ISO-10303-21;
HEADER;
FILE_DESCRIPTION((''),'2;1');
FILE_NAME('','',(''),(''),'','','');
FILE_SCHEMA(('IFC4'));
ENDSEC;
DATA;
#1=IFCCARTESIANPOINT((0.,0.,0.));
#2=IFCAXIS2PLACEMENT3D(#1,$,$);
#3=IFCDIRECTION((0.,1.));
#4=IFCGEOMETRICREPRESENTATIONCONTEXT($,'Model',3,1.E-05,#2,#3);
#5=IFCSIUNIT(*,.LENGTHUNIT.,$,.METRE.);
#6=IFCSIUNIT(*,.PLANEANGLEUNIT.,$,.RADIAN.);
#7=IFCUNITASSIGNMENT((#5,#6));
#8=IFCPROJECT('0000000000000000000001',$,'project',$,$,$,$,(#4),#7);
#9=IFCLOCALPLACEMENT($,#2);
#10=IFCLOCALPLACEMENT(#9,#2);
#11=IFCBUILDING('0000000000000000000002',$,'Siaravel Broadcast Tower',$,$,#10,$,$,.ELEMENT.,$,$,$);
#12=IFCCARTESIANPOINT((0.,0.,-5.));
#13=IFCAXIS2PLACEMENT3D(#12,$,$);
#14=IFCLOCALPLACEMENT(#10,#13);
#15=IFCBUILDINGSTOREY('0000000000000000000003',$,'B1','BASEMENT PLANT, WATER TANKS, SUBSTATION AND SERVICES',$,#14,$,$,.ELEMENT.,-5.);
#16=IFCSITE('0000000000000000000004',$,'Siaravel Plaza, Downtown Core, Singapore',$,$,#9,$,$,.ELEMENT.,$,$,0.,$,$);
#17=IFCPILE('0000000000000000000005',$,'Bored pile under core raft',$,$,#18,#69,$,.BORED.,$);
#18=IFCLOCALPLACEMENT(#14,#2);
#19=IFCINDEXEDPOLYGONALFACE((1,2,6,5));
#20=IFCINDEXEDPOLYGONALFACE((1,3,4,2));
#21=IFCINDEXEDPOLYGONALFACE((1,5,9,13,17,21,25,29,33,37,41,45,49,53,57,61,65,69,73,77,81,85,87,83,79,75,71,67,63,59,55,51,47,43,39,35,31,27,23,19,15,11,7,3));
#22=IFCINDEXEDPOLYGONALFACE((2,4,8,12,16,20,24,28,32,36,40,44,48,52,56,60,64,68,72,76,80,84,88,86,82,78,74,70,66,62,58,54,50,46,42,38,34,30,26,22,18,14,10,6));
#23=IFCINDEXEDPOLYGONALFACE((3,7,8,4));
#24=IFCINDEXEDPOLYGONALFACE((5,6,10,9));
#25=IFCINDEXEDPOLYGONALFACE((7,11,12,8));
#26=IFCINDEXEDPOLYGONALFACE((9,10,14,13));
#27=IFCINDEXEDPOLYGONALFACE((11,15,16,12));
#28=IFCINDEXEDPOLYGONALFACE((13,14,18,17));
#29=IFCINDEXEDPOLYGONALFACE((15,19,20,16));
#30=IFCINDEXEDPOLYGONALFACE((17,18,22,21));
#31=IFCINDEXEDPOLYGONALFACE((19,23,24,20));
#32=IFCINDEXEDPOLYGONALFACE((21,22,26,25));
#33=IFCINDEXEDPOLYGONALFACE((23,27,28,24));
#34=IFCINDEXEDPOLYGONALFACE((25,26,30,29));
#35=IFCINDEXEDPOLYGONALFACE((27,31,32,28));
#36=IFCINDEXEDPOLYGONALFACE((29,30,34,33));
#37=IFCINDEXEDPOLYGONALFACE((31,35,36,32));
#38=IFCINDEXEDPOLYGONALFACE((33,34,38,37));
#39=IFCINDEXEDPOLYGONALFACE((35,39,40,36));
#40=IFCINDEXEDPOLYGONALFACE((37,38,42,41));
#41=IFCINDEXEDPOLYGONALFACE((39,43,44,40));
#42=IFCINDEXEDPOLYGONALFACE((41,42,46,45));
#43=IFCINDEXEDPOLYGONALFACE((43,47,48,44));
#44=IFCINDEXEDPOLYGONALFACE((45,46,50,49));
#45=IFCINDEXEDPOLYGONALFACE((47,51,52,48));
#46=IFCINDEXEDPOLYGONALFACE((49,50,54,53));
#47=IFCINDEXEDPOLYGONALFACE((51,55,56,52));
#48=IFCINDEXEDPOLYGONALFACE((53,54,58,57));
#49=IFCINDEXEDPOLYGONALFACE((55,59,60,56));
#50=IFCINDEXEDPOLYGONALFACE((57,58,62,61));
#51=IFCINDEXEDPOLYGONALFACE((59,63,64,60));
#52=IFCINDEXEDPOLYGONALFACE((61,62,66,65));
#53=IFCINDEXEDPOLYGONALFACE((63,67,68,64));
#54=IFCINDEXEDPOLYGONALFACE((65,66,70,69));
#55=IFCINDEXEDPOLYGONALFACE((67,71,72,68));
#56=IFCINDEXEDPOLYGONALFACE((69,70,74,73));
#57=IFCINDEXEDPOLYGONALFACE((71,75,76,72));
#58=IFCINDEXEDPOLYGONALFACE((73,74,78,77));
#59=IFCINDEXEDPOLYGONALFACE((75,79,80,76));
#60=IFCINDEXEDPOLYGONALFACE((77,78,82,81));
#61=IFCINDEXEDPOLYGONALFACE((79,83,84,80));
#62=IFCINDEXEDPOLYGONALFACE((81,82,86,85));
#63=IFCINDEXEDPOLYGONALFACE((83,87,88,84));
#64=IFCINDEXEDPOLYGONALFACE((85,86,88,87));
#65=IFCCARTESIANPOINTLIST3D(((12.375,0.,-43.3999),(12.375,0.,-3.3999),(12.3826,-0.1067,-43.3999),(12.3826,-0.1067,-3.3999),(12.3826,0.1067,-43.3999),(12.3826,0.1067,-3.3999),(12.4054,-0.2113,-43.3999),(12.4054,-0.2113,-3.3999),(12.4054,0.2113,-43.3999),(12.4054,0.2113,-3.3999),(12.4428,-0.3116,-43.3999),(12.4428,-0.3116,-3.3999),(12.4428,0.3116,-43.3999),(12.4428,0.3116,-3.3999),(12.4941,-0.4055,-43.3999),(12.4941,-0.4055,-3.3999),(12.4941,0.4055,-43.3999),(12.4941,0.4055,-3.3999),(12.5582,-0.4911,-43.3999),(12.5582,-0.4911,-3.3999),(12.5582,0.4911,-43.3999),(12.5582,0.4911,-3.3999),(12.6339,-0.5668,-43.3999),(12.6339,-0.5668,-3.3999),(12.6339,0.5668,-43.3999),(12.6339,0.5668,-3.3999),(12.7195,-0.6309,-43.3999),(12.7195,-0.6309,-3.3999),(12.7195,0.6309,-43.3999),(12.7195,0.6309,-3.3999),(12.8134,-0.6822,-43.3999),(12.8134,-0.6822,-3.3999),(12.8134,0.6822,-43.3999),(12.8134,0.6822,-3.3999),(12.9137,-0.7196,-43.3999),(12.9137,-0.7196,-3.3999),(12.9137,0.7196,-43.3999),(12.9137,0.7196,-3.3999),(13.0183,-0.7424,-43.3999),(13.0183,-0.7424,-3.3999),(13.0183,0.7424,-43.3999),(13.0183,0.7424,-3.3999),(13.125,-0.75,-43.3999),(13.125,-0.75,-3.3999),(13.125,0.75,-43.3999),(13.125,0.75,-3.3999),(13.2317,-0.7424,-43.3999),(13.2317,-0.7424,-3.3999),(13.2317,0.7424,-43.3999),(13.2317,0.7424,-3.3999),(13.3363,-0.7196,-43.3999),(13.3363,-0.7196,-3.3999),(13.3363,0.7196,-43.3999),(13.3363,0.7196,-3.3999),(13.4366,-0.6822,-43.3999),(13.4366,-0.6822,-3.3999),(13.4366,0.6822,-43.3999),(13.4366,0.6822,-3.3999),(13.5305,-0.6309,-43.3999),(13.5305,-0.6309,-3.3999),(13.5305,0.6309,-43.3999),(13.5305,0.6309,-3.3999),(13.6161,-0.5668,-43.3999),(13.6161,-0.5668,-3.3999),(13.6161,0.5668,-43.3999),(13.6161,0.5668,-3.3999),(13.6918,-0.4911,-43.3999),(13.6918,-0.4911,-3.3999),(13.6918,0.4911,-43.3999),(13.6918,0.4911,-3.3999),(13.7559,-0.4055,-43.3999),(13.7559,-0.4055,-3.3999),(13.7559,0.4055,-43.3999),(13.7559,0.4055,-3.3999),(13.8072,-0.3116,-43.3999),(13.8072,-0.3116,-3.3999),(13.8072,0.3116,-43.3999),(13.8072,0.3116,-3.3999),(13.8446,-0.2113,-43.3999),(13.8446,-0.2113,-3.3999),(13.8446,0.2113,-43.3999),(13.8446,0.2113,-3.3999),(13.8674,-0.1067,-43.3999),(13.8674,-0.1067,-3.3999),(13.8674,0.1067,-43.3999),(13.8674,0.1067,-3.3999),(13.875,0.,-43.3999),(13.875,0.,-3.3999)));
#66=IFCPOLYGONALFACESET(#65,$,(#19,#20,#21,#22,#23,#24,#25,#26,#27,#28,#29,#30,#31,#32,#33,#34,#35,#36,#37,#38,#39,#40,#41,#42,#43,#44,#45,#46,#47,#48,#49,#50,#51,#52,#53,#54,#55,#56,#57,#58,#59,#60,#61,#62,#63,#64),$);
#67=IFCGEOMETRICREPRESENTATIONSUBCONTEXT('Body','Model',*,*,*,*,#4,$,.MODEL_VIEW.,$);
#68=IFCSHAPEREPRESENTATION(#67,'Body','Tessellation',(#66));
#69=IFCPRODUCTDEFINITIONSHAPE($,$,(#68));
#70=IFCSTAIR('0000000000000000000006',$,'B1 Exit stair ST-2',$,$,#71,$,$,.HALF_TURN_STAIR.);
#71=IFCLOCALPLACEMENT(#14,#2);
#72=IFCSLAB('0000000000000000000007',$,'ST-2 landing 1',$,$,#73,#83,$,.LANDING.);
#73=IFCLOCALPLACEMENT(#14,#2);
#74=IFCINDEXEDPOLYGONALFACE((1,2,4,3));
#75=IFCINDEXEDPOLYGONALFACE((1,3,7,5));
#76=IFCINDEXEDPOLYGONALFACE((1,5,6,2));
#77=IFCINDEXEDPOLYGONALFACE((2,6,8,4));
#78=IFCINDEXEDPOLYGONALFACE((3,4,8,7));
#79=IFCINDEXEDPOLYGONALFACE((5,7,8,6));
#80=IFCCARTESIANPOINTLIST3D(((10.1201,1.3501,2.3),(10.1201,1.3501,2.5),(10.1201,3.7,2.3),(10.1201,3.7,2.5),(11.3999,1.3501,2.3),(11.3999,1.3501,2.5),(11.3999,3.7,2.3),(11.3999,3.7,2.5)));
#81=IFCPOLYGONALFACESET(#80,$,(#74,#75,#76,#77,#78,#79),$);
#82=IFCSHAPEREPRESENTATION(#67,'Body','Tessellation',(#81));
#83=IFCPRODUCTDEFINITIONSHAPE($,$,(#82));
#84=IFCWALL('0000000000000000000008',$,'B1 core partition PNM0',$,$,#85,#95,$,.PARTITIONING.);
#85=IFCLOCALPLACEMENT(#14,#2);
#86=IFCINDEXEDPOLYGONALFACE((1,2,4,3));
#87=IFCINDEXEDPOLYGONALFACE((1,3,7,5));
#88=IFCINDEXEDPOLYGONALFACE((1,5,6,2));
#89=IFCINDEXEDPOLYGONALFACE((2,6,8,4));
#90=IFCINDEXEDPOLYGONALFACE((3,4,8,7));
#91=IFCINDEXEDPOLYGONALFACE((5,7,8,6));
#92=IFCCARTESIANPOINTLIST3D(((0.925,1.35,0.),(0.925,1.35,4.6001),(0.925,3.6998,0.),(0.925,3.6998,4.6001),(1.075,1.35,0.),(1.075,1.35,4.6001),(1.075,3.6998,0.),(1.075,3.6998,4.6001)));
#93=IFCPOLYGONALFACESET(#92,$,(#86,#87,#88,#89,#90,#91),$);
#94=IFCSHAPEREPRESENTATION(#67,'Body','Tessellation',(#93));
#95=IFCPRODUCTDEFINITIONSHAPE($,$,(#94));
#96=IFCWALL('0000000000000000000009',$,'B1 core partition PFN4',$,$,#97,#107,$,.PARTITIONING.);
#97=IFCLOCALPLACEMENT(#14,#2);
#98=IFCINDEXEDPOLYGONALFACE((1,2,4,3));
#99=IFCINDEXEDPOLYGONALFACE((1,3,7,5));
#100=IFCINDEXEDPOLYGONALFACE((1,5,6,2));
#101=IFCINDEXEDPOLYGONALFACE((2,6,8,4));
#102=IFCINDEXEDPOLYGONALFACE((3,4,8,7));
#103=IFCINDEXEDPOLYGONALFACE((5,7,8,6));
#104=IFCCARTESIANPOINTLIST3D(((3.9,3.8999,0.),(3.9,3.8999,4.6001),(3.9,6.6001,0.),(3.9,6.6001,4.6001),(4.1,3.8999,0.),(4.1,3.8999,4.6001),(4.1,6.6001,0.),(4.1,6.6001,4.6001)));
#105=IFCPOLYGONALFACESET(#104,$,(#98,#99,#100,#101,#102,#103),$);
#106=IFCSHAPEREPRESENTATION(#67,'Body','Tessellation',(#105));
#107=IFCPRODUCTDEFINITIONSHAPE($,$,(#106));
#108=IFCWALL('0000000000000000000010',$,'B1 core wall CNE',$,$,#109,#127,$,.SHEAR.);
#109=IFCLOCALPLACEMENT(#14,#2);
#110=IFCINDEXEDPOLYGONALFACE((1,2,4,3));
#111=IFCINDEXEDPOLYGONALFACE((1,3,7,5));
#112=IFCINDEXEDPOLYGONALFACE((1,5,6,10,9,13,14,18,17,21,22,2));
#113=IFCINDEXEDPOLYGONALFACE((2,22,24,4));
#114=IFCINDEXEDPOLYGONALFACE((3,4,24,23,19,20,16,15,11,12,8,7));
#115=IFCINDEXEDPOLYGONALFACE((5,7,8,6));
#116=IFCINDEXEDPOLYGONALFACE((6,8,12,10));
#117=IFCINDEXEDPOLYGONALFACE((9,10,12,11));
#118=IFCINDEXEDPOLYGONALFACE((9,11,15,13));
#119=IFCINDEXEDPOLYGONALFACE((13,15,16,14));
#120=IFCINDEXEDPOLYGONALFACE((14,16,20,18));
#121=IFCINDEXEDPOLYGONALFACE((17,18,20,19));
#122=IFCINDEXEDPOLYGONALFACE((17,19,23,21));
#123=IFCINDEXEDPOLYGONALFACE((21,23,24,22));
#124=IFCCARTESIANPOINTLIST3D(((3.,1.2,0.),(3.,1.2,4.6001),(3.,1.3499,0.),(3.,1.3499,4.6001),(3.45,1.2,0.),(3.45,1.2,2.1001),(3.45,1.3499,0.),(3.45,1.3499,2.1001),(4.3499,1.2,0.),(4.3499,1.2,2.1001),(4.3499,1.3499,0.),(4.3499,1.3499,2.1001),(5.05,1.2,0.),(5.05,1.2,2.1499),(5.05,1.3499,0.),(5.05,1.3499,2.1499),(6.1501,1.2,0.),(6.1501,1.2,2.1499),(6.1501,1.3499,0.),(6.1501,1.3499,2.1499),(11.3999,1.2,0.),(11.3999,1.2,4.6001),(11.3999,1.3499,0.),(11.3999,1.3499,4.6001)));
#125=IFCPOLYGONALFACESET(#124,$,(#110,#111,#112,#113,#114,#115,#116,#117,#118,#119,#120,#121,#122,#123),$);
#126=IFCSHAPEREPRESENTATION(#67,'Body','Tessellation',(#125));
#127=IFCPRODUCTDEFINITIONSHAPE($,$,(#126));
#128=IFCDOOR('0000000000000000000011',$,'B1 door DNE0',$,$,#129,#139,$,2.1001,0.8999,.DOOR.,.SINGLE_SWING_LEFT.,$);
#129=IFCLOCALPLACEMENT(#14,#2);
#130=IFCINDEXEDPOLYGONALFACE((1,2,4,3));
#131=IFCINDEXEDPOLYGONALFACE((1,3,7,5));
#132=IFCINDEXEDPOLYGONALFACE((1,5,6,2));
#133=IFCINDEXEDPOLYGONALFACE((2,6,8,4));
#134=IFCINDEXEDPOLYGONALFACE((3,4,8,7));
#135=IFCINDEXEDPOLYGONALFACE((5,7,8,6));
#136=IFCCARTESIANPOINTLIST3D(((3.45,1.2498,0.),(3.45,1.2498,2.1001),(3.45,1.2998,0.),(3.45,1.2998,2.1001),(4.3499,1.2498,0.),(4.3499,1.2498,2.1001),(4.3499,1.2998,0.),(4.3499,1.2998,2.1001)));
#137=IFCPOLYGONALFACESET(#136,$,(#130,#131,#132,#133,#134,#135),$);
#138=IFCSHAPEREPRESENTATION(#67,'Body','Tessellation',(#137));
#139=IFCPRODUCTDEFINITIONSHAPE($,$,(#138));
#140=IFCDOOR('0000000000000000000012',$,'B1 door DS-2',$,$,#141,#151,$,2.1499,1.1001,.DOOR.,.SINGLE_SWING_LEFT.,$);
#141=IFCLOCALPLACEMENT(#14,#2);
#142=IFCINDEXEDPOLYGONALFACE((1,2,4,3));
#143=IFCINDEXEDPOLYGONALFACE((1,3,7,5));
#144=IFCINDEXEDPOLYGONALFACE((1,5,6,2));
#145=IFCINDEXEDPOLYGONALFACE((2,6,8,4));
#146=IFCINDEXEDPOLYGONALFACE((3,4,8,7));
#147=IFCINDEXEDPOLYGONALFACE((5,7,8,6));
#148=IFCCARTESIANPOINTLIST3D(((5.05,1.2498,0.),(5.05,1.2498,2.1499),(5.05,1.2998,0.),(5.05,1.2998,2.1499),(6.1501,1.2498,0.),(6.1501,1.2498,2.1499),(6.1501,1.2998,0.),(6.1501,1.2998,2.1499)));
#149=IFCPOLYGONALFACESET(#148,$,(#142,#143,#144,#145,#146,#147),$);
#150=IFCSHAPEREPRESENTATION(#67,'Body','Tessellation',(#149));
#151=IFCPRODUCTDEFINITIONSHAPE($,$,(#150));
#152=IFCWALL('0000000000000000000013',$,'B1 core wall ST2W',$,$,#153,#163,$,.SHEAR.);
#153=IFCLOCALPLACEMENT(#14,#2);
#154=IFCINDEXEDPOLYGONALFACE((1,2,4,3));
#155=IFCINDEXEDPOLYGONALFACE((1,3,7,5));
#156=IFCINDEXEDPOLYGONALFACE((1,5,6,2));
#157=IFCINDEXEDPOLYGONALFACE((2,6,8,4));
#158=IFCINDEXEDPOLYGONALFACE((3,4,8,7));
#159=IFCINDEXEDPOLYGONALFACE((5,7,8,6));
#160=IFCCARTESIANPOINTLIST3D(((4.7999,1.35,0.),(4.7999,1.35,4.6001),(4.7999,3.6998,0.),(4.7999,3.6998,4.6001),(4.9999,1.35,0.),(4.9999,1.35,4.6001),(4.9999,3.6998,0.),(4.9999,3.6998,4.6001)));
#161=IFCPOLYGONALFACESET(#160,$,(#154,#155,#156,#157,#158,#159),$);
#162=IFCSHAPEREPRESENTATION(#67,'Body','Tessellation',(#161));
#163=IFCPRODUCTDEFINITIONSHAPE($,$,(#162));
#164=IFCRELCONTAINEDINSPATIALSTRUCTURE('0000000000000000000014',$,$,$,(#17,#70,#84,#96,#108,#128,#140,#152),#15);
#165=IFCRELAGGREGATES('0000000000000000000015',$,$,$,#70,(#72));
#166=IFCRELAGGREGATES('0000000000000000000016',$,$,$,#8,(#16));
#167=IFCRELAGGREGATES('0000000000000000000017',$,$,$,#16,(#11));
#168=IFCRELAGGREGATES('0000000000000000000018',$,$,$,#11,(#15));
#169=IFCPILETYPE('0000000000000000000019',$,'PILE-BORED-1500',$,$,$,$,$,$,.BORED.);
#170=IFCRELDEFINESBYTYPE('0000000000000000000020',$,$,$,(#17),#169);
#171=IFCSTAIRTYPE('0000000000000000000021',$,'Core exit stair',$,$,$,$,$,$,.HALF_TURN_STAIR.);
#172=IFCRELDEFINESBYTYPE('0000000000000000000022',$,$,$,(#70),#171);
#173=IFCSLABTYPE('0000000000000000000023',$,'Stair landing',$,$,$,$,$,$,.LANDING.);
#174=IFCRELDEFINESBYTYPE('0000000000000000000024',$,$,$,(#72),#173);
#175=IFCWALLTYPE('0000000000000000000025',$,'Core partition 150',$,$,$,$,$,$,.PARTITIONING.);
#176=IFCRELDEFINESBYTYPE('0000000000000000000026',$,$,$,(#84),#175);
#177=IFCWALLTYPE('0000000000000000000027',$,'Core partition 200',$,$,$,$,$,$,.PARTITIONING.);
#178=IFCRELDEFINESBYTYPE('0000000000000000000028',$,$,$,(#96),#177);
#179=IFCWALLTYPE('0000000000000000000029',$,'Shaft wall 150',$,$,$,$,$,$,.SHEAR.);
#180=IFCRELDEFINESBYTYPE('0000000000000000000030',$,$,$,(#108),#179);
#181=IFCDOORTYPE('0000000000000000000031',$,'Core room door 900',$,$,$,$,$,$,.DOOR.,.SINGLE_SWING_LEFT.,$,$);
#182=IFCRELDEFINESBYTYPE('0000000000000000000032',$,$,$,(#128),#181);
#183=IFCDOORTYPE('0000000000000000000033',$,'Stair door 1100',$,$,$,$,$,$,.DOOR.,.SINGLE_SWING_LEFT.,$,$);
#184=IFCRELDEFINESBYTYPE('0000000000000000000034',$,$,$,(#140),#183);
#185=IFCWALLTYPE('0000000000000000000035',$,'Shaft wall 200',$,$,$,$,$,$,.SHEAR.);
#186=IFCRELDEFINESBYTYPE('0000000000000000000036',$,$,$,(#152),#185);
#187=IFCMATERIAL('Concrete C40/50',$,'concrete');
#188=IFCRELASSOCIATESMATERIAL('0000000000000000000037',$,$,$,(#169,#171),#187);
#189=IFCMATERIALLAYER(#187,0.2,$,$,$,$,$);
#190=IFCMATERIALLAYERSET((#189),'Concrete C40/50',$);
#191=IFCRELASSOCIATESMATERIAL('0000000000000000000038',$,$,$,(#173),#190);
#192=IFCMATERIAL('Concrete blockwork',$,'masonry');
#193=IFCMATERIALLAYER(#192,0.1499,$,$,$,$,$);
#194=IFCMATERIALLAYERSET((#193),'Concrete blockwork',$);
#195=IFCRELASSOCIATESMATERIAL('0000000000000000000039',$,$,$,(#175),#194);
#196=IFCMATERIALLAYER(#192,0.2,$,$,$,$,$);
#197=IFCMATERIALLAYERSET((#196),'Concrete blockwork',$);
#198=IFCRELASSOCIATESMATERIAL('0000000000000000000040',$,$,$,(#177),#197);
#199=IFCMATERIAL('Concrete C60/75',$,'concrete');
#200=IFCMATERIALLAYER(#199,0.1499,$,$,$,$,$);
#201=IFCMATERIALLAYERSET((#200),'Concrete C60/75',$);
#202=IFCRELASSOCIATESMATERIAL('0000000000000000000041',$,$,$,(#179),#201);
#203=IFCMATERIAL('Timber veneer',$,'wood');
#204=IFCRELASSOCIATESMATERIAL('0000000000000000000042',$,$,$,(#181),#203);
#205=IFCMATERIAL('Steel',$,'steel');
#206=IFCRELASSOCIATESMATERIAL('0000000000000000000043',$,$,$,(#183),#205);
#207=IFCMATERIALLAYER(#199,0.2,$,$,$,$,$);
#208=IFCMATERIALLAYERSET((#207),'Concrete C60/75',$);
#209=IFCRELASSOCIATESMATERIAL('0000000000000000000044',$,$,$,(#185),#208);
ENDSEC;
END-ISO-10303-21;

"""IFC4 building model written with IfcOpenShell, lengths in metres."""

from ifc_helpers import new_model, si_unit, direction, frame, frame_2d, origin, origin_2d, place, context, subcontext, project, spatial, polyline, rectangle, circle, outline, extrude, material, layer, layer_set, material_profile, profile_set, type_object, element, fill, aggregate, save


model = new_model("IFC4")

# Units and contexts
model_context = context("Model", 3, precision=1e-05, world=origin(), true_north=direction((0.0, 1.0)))
body_context = subcontext(model_context, "Body", "Model", "MODEL_VIEW")
ifc_project = project(units=[si_unit("LENGTHUNIT", "METRE"), si_unit("PLANEANGLEUNIT", "RADIAN")], contexts=[model_context])

# Site, building, storey
site_placement = place(None, origin())
site = spatial("IfcSite", under=ifc_project, at=site_placement, Name="Siaravel Plaza, Downtown Core, Singapore", CompositionType="ELEMENT", RefElevation=0.0)
building_placement = place(site_placement, origin())
building = spatial("IfcBuilding", under=site, at=building_placement, Name="Siaravel Broadcast Tower", CompositionType="ELEMENT")
storey_placement = place(building_placement, frame((0.0, 0.0, -5.0)))
storey = spatial("IfcBuildingStorey", under=building, at=storey_placement, Name="B1", Description="BASEMENT PLANT, WATER TANKS, SUBSTATION AND SERVICES", CompositionType="ELEMENT", Elevation=-5.0)

# Pile
ifc_material_1 = material(Name="Concrete C40/50", Category="concrete")
ifc_material_profile = material_profile(ifc_material_1, circle(Radius=0.75, at=origin_2d()))
ifc_profile_set = profile_set([ifc_material_profile], Name="Concrete C40/50")
pile_type = type_object("IfcPileType", Name="PILE-BORED-1500", PredefinedType="BORED", material=ifc_profile_set)
for number, where, z_axis, x_axis, name in (
    (1, (13.125, 0.0, -3.3999), (0.0, 0.0, -1.0), (1.0, 0.0, 0.0), "Bored pile under core raft"),
):
    element("IfcPile", number, at=place(storey_placement, frame(where, z_axis=z_axis, x_axis=x_axis)), inside=storey, type_object=pile_type, Name=name, PredefinedType="BORED", context=body_context, shape_type="SweptSolid", body=[
        extrude(circle(Radius=0.75, at=origin_2d()), origin(), (0.0, 0.0, 1.0), 40.0),
    ])

# Stair, slab
stair_type = type_object("IfcStairType", Name="Core exit stair", PredefinedType="HALF_TURN_STAIR", material=ifc_material_1)
stair_placement = place(storey_placement, origin())
stair = element("IfcStair", 2, at=stair_placement, inside=storey, type_object=stair_type, Name="B1 Exit stair ST-2", PredefinedType="HALF_TURN_STAIR")
ifc_layer_1 = layer(ifc_material_1, 0.2)
ifc_layer_set_1 = layer_set([ifc_layer_1], Name="Concrete C40/50")
slab_type = type_object("IfcSlabType", Name="Stair landing", PredefinedType="LANDING", material=ifc_layer_set_1)
slab_placement = place(storey_placement, frame((0.0, 0.0, 2.3)))
slab = element("IfcSlab", 3, at=slab_placement, type_object=slab_type, Name="ST-2 landing 1", PredefinedType="LANDING", context=body_context, shape_type="SweptSolid", body=[
    extrude(outline(polyline([(10.1201, 1.3501), (11.3999, 1.3501), (11.3999, 3.7), (10.1201, 3.7), (10.1201, 1.3501)])), origin(), (0.0, 0.0, 1.0), 0.2),
])

# Walls
ifc_material_2 = material(Name="Concrete blockwork", Category="masonry")
ifc_layer_2 = layer(ifc_material_2, 0.1499)
ifc_layer_set_2 = layer_set([ifc_layer_2], Name="Concrete blockwork")
wall_type_1 = type_object("IfcWallType", Name="Core partition 150", PredefinedType="PARTITIONING", material=ifc_layer_set_2)
wall_1_placement = place(storey_placement, frame((1.0, 1.3501, 0.0), z_axis=(0.0, 0.0, 1.0), x_axis=(0.0, 1.0, 0.0)))
element("IfcWall", 4, at=wall_1_placement, inside=storey, type_object=wall_type_1, Name="B1 core partition PNM0", PredefinedType="PARTITIONING", context=body_context, shape_type="SweptSolid", body=[
    extrude(rectangle(XDim=2.3499, YDim=0.1499, at=frame_2d((1.1748, 0.0))), origin(), (0.0, 0.0, 1.0), 4.6001),
])
ifc_layer_3 = layer(ifc_material_2, 0.2)
ifc_layer_set_3 = layer_set([ifc_layer_3], Name="Concrete blockwork")
wall_type_2 = type_object("IfcWallType", Name="Core partition 200", PredefinedType="PARTITIONING", material=ifc_layer_set_3)
wall_2_placement = place(storey_placement, frame((4.0, 3.8999, 0.0), z_axis=(0.0, 0.0, 1.0), x_axis=(0.0, 1.0, 0.0)))
element("IfcWall", 5, at=wall_2_placement, inside=storey, type_object=wall_type_2, Name="B1 core partition PFN4", PredefinedType="PARTITIONING", context=body_context, shape_type="SweptSolid", body=[
    extrude(rectangle(XDim=2.7002, YDim=0.2, at=frame_2d((1.3501, 0.0))), origin(), (0.0, 0.0, 1.0), 4.6001),
])

# Wall, openings, doors
ifc_material_3 = material(Name="Concrete C60/75", Category="concrete")
ifc_layer_4 = layer(ifc_material_3, 0.1499)
ifc_layer_set_4 = layer_set([ifc_layer_4], Name="Concrete C60/75")
wall_type_3 = type_object("IfcWallType", Name="Shaft wall 150", PredefinedType="SHEAR", material=ifc_layer_set_4)
wall_3_placement = place(storey_placement, frame((3.0, 1.2749, 0.0), z_axis=(0.0, 0.0, 1.0), x_axis=(1.0, 0.0, 0.0)))
wall_3 = element("IfcWall", 6, at=wall_3_placement, inside=storey, type_object=wall_type_3, Name="B1 core wall CNE", PredefinedType="SHEAR", context=body_context, shape_type="SweptSolid", body=[
    extrude(rectangle(XDim=8.3999, YDim=0.1499, at=frame_2d((4.2, 0.0))), origin(), (0.0, 0.0, 1.0), 4.6001),
])
opening_1_placement = place(wall_3_placement, frame((2.05, 0.0, 0.0)))
opening_1 = element("IfcOpeningElement", 7, at=opening_1_placement, cuts=wall_3, PredefinedType="OPENING", context=body_context, shape_type="SweptSolid", body=[
    extrude(rectangle(XDim=1.1001, YDim=2.1499, at=frame_2d((0.55, 1.075))), frame((0.0, 0.085, 0.0), z_axis=(0.0, -1.0, 0.0), x_axis=(1.0, 0.0, 0.0)), (0.0, 0.0, 1.0), 0.1699),
])
opening_2_placement = place(wall_3_placement, frame((0.45, 0.0, 0.0)))
opening_2 = element("IfcOpeningElement", 8, at=opening_2_placement, cuts=wall_3, PredefinedType="OPENING", context=body_context, shape_type="SweptSolid", body=[
    extrude(rectangle(XDim=0.8999, YDim=2.1001, at=frame_2d((0.45, 1.05))), frame((0.0, 0.085, 0.0), z_axis=(0.0, -1.0, 0.0), x_axis=(1.0, 0.0, 0.0)), (0.0, 0.0, 1.0), 0.1699),
])
ifc_material_4 = material(Name="Timber veneer", Category="wood")
door_type_1 = type_object("IfcDoorType", Name="Core room door 900", OperationType="SINGLE_SWING_LEFT", PredefinedType="DOOR", material=ifc_material_4)
door_1_placement = place(opening_2_placement, origin())
door_1 = element("IfcDoor", 9, at=door_1_placement, inside=storey, type_object=door_type_1, Name="B1 door DNE0", OperationType="SINGLE_SWING_LEFT", OverallHeight=2.1001, OverallWidth=0.8999, PredefinedType="DOOR", context=body_context, shape_type="SweptSolid", body=[
    extrude(rectangle(XDim=0.8999, YDim=2.1001, at=frame_2d((0.45, 1.05))), frame((0.0, 0.0249, 0.0), z_axis=(0.0, -1.0, 0.0), x_axis=(1.0, 0.0, 0.0)), (0.0, 0.0, 1.0), 0.05),
])
fill(opening_2, door_1)
ifc_material_5 = material(Name="Steel", Category="steel")
door_type_2 = type_object("IfcDoorType", Name="Stair door 1100", OperationType="SINGLE_SWING_LEFT", PredefinedType="DOOR", material=ifc_material_5)
door_2_placement = place(opening_1_placement, origin())
door_2 = element("IfcDoor", 10, at=door_2_placement, inside=storey, type_object=door_type_2, Name="B1 door DS-2", OperationType="SINGLE_SWING_LEFT", OverallHeight=2.1499, OverallWidth=1.1001, PredefinedType="DOOR", context=body_context, shape_type="SweptSolid", body=[
    extrude(rectangle(XDim=1.1001, YDim=2.1499, at=frame_2d((0.55, 1.075))), frame((0.0, 0.0249, 0.0), z_axis=(0.0, -1.0, 0.0), x_axis=(1.0, 0.0, 0.0)), (0.0, 0.0, 1.0), 0.05),
])
fill(opening_1, door_2)

# Wall
ifc_layer_5 = layer(ifc_material_3, 0.2)
ifc_layer_set_5 = layer_set([ifc_layer_5], Name="Concrete C60/75")
wall_type_4 = type_object("IfcWallType", Name="Shaft wall 200", PredefinedType="SHEAR", material=ifc_layer_set_5)
wall_4_placement = place(storey_placement, frame((4.8999, 1.3501, 0.0), z_axis=(0.0, 0.0, 1.0), x_axis=(0.0, 1.0, 0.0)))
element("IfcWall", 11, at=wall_4_placement, inside=storey, type_object=wall_type_4, Name="B1 core wall ST2W", PredefinedType="SHEAR", context=body_context, shape_type="SweptSolid", body=[
    extrude(rectangle(XDim=2.3499, YDim=0.2, at=frame_2d((1.1748, 0.0))), origin(), (0.0, 0.0, 1.0), 4.6001),
])

aggregate(stair, [slab])

save(model, "model.ifc")
